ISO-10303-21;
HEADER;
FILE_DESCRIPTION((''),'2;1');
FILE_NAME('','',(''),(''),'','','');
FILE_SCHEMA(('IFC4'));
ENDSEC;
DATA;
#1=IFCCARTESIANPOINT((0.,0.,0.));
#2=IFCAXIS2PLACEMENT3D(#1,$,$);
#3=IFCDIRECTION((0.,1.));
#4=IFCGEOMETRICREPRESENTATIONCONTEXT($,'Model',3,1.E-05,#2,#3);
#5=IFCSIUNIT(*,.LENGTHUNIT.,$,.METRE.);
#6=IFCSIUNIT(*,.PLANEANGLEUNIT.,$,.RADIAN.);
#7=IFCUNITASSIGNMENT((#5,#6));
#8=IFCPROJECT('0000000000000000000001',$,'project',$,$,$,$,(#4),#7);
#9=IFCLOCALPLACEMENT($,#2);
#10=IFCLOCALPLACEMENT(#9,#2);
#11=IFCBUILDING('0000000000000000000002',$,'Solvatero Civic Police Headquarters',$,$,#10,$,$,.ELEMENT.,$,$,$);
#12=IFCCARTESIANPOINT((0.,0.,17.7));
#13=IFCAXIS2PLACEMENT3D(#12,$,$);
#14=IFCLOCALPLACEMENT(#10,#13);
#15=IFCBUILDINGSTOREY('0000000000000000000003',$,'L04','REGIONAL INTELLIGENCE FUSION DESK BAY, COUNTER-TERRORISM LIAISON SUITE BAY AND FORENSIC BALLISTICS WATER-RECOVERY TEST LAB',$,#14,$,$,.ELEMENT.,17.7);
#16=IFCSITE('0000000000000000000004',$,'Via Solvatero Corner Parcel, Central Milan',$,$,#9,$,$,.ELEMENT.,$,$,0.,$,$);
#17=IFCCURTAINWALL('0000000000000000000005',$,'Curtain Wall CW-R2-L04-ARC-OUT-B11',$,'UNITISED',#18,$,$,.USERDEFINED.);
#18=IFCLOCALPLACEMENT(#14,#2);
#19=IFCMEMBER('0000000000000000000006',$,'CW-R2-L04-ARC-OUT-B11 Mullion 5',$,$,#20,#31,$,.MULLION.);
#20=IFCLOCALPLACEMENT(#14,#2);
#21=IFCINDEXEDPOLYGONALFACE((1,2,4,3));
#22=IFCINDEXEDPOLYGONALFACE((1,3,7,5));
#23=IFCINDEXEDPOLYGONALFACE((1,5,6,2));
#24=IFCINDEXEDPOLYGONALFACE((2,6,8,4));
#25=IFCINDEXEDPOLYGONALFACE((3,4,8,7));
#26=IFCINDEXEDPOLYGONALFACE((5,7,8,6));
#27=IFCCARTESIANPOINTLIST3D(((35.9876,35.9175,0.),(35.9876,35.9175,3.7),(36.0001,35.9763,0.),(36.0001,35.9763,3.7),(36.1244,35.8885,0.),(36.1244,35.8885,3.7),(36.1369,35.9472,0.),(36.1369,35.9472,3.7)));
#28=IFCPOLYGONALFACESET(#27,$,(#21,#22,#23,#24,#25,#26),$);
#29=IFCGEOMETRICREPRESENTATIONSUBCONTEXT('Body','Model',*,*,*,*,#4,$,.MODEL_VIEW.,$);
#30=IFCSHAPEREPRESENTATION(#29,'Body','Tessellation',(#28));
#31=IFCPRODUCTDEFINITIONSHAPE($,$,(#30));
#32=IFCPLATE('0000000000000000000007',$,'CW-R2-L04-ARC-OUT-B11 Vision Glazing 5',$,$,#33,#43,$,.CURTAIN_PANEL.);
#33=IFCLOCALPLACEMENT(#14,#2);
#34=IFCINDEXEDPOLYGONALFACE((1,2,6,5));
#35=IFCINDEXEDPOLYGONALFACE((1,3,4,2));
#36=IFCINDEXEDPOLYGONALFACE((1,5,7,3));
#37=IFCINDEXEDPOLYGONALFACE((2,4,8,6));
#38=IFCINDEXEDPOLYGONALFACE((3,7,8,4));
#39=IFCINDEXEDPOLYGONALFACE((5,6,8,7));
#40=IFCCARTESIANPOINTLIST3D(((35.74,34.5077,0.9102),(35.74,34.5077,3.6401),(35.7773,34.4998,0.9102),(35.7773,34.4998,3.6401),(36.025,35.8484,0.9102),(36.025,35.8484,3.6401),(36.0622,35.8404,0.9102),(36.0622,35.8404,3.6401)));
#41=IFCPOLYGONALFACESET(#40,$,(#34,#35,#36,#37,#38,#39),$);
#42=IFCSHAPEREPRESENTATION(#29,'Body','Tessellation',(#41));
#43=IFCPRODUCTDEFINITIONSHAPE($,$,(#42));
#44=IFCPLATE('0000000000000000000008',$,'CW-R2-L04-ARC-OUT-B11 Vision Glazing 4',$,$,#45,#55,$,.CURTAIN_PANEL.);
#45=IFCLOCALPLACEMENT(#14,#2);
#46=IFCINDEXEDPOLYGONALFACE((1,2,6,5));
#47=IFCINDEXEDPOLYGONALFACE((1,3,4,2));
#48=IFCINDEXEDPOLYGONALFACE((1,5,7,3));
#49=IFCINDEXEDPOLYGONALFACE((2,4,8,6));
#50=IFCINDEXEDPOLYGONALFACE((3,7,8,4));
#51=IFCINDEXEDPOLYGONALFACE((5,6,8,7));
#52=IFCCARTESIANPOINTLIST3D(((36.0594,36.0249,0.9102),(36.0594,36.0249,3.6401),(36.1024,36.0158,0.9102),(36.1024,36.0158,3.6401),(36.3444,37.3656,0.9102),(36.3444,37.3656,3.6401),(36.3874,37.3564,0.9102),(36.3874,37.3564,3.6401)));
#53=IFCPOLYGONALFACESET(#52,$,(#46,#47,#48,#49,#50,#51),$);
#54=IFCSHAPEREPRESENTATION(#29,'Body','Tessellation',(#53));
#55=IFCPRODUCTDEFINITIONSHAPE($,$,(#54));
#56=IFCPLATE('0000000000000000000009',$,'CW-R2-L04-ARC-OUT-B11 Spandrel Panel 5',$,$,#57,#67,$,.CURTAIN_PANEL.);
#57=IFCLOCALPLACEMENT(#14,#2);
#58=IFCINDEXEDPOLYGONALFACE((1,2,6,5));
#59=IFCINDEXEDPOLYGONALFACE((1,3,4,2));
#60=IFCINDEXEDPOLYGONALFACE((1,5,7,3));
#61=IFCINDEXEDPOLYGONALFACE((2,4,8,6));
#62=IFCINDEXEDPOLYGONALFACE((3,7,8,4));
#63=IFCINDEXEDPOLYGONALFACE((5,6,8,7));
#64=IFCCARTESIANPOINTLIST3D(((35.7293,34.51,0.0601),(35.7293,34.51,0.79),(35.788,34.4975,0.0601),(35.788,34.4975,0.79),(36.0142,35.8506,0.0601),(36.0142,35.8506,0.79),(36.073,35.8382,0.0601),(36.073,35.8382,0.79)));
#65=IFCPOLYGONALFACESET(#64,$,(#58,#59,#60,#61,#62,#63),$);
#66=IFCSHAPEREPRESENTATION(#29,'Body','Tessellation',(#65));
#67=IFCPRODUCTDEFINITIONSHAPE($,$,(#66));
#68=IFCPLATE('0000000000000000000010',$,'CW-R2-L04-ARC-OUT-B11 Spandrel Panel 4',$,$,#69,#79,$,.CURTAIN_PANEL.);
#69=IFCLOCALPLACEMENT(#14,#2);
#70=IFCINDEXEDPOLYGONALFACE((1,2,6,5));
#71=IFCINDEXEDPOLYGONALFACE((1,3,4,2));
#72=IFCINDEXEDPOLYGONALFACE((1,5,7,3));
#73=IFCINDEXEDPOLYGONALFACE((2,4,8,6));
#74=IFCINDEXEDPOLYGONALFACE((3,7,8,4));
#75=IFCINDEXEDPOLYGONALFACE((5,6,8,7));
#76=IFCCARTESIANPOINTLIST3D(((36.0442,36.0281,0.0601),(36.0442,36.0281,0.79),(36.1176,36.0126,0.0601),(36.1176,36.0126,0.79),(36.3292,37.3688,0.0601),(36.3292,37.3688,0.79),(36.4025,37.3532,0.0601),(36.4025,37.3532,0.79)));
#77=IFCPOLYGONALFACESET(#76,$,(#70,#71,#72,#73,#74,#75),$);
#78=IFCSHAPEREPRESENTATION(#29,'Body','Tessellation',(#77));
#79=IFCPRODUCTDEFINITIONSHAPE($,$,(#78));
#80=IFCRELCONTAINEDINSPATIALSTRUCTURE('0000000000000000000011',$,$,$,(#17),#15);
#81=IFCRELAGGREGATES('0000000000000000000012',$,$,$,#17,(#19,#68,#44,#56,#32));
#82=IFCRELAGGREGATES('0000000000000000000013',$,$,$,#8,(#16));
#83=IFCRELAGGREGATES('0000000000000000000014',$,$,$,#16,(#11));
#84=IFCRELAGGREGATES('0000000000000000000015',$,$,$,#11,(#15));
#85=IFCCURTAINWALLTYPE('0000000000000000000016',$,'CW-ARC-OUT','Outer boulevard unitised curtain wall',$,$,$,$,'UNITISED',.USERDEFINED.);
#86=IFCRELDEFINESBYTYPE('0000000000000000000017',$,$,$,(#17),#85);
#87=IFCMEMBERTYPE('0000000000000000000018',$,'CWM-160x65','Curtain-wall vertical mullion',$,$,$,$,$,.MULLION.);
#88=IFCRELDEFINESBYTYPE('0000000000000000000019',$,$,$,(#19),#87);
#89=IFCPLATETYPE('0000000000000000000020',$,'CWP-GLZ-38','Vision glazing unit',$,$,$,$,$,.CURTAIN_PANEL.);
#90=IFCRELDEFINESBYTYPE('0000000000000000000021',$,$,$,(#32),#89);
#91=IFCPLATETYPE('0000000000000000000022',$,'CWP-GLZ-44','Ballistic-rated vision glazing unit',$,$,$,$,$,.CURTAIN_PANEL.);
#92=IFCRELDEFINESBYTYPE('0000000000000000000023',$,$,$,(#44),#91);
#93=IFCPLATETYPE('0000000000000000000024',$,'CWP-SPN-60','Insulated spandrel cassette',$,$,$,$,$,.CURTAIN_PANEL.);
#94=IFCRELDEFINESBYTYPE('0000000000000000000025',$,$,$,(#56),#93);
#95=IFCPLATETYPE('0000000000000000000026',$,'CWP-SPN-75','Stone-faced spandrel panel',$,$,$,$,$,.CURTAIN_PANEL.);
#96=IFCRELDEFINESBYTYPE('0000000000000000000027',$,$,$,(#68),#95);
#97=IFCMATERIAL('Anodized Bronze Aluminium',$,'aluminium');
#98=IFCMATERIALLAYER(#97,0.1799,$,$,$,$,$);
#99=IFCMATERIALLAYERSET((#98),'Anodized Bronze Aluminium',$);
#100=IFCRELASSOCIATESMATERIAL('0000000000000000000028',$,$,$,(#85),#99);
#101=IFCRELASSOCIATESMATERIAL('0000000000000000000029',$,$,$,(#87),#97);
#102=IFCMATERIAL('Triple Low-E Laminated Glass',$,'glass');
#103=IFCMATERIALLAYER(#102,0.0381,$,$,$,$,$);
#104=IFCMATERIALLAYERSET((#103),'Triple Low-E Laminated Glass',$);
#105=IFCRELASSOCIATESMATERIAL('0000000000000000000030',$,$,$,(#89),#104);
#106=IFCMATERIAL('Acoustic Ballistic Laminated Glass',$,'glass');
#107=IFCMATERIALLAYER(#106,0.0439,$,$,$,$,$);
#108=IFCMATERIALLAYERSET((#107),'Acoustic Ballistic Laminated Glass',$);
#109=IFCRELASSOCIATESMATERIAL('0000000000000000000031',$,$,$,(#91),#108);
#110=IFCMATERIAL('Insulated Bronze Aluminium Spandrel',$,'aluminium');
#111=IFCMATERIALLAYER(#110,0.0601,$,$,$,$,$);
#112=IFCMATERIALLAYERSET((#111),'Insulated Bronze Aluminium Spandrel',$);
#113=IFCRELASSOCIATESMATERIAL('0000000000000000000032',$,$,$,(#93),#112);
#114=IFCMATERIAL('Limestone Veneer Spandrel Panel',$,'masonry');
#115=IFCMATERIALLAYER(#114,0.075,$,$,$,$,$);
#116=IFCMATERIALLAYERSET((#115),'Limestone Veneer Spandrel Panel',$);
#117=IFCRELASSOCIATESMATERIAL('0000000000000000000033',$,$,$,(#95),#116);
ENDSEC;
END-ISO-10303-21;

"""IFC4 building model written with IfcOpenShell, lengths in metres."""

from ifc_helpers import new_model, si_unit, direction, frame, origin, origin_2d, place, context, subcontext, project, spatial, rectangle, extrude, material, layer, layer_set, material_profile, profile_set, type_object, element, aggregate, save


model = new_model("IFC4")

# Units and contexts
model_context = context("Model", 3, precision=1e-05, world=origin(), true_north=direction((0.0, 1.0)))
body_context = subcontext(model_context, "Body", "Model", "MODEL_VIEW")
ifc_project = project(units=[si_unit("LENGTHUNIT", "METRE"), si_unit("PLANEANGLEUNIT", "RADIAN")], contexts=[model_context])

# Site, building, storey
site_placement = place(None, origin())
site = spatial("IfcSite", under=ifc_project, at=site_placement, Name="Via Solvatero Corner Parcel, Central Milan", CompositionType="ELEMENT", RefElevation=0.0)
building_placement = place(site_placement, origin())
building = spatial("IfcBuilding", under=site, at=building_placement, Name="Solvatero Civic Police Headquarters", CompositionType="ELEMENT")
storey_placement = place(building_placement, frame((0.0, 0.0, 17.7)))
storey = spatial("IfcBuildingStorey", under=building, at=storey_placement, Name="L04", Description="REGIONAL INTELLIGENCE FUSION DESK BAY, COUNTER-TERRORISM LIAISON SUITE BAY AND FORENSIC BALLISTICS WATER-RECOVERY TEST LAB", CompositionType="ELEMENT", Elevation=17.7)

# Curtain wall, member, plates
ifc_material_1 = material(Name="Anodized Bronze Aluminium", Category="aluminium")
ifc_layer_1 = layer(ifc_material_1, 0.1799)
ifc_layer_set_1 = layer_set([ifc_layer_1], Name="Anodized Bronze Aluminium")
curtain_wall_type = type_object("IfcCurtainWallType", Name="CW-ARC-OUT", Description="Outer boulevard unitised curtain wall", ElementType="UNITISED", PredefinedType="USERDEFINED", material=ifc_layer_set_1)
curtain_wall_placement = place(storey_placement, origin())
curtain_wall = element("IfcCurtainWall", 1, at=curtain_wall_placement, inside=storey, type_object=curtain_wall_type, Name="Curtain Wall CW-R2-L04-ARC-OUT-B11", ObjectType="UNITISED", PredefinedType="USERDEFINED")
ifc_material_profile = material_profile(ifc_material_1, rectangle(XDim=0.0601, YDim=0.1399, at=origin_2d()), Name="ALU MULLION 60x140")
ifc_profile_set = profile_set([ifc_material_profile], Name="Anodized Bronze Aluminium")
member_type = type_object("IfcMemberType", Name="CWM-160x65", Description="Curtain-wall vertical mullion", PredefinedType="MULLION", material=ifc_profile_set)
member_placement = place(storey_placement, frame((36.0623, 35.9324, 0.0), z_axis=(0.0, 0.0, 1.0), x_axis=(-0.207912, -0.978148, 0.0)))
member = element("IfcMember", 2, at=member_placement, type_object=member_type, Name="CW-R2-L04-ARC-OUT-B11 Mullion 5", PredefinedType="MULLION", context=body_context, shape_type="SweptSolid", body=[
    extrude(rectangle(XDim=0.0601, YDim=0.1399, at=origin_2d()), origin(), (0.0, 0.0, 1.0), 3.7),
])
ifc_material_2 = material(Name="Triple Low-E Laminated Glass", Category="glass")
ifc_layer_2 = layer(ifc_material_2, 0.0381)
ifc_layer_set_2 = layer_set([ifc_layer_2], Name="Triple Low-E Laminated Glass")
plate_type_1 = type_object("IfcPlateType", Name="CWP-GLZ-38", Description="Vision glazing unit", PredefinedType="CURTAIN_PANEL", material=ifc_layer_set_2)
plate_1_placement = place(storey_placement, frame((35.9011, 35.1741, 0.9102), z_axis=(0.0, 0.0, 1.0), x_axis=(-0.207912, -0.978148, 0.0)))
plate_1 = element("IfcPlate", 3, at=plate_1_placement, type_object=plate_type_1, Name="CW-R2-L04-ARC-OUT-B11 Vision Glazing 5", PredefinedType="CURTAIN_PANEL", context=body_context, shape_type="SweptSolid", body=[
    extrude(rectangle(XDim=1.3706, YDim=0.0381, at=origin_2d()), origin(), (0.0, 0.0, 1.0), 2.73),
])
ifc_material_3 = material(Name="Acoustic Ballistic Laminated Glass", Category="glass")
ifc_layer_3 = layer(ifc_material_3, 0.0439)
ifc_layer_set_3 = layer_set([ifc_layer_3], Name="Acoustic Ballistic Laminated Glass")
plate_type_2 = type_object("IfcPlateType", Name="CWP-GLZ-44", Description="Ballistic-rated vision glazing unit", PredefinedType="CURTAIN_PANEL", material=ifc_layer_set_3)
plate_2_placement = place(storey_placement, frame((36.2234, 36.6907, 0.9102), z_axis=(0.0, 0.0, 1.0), x_axis=(-0.207912, -0.978148, 0.0)))
plate_2 = element("IfcPlate", 4, at=plate_2_placement, type_object=plate_type_2, Name="CW-R2-L04-ARC-OUT-B11 Vision Glazing 4", PredefinedType="CURTAIN_PANEL", context=body_context, shape_type="SweptSolid", body=[
    extrude(rectangle(XDim=1.3706, YDim=0.0439, at=origin_2d()), origin(), (0.0, 0.0, 1.0), 2.73),
])
ifc_material_4 = material(Name="Insulated Bronze Aluminium Spandrel", Category="aluminium")
ifc_layer_4 = layer(ifc_material_4, 0.0601)
ifc_layer_set_4 = layer_set([ifc_layer_4], Name="Insulated Bronze Aluminium Spandrel")
plate_type_3 = type_object("IfcPlateType", Name="CWP-SPN-60", Description="Insulated spandrel cassette", PredefinedType="CURTAIN_PANEL", material=ifc_layer_set_4)
plate_3_placement = place(storey_placement, frame((35.9011, 35.1741, 0.0601), z_axis=(0.0, 0.0, 1.0), x_axis=(-0.207912, -0.978148, 0.0)))
plate_3 = element("IfcPlate", 5, at=plate_3_placement, type_object=plate_type_3, Name="CW-R2-L04-ARC-OUT-B11 Spandrel Panel 5", PredefinedType="CURTAIN_PANEL", context=body_context, shape_type="SweptSolid", body=[
    extrude(rectangle(XDim=1.3706, YDim=0.0601, at=origin_2d()), origin(), (0.0, 0.0, 1.0), 0.73),
])
ifc_material_5 = material(Name="Limestone Veneer Spandrel Panel", Category="masonry")
ifc_layer_5 = layer(ifc_material_5, 0.075)
ifc_layer_set_5 = layer_set([ifc_layer_5], Name="Limestone Veneer Spandrel Panel")
plate_type_4 = type_object("IfcPlateType", Name="CWP-SPN-75", Description="Stone-faced spandrel panel", PredefinedType="CURTAIN_PANEL", material=ifc_layer_set_5)
plate_4_placement = place(storey_placement, frame((36.2234, 36.6907, 0.0601), z_axis=(0.0, 0.0, 1.0), x_axis=(-0.207912, -0.978148, 0.0)))
plate_4 = element("IfcPlate", 6, at=plate_4_placement, type_object=plate_type_4, Name="CW-R2-L04-ARC-OUT-B11 Spandrel Panel 4", PredefinedType="CURTAIN_PANEL", context=body_context, shape_type="SweptSolid", body=[
    extrude(rectangle(XDim=1.3706, YDim=0.075, at=origin_2d()), origin(), (0.0, 0.0, 1.0), 0.73),
])
aggregate(curtain_wall, [member, plate_4, plate_2, plate_3, plate_1])

save(model, "model.ifc")
